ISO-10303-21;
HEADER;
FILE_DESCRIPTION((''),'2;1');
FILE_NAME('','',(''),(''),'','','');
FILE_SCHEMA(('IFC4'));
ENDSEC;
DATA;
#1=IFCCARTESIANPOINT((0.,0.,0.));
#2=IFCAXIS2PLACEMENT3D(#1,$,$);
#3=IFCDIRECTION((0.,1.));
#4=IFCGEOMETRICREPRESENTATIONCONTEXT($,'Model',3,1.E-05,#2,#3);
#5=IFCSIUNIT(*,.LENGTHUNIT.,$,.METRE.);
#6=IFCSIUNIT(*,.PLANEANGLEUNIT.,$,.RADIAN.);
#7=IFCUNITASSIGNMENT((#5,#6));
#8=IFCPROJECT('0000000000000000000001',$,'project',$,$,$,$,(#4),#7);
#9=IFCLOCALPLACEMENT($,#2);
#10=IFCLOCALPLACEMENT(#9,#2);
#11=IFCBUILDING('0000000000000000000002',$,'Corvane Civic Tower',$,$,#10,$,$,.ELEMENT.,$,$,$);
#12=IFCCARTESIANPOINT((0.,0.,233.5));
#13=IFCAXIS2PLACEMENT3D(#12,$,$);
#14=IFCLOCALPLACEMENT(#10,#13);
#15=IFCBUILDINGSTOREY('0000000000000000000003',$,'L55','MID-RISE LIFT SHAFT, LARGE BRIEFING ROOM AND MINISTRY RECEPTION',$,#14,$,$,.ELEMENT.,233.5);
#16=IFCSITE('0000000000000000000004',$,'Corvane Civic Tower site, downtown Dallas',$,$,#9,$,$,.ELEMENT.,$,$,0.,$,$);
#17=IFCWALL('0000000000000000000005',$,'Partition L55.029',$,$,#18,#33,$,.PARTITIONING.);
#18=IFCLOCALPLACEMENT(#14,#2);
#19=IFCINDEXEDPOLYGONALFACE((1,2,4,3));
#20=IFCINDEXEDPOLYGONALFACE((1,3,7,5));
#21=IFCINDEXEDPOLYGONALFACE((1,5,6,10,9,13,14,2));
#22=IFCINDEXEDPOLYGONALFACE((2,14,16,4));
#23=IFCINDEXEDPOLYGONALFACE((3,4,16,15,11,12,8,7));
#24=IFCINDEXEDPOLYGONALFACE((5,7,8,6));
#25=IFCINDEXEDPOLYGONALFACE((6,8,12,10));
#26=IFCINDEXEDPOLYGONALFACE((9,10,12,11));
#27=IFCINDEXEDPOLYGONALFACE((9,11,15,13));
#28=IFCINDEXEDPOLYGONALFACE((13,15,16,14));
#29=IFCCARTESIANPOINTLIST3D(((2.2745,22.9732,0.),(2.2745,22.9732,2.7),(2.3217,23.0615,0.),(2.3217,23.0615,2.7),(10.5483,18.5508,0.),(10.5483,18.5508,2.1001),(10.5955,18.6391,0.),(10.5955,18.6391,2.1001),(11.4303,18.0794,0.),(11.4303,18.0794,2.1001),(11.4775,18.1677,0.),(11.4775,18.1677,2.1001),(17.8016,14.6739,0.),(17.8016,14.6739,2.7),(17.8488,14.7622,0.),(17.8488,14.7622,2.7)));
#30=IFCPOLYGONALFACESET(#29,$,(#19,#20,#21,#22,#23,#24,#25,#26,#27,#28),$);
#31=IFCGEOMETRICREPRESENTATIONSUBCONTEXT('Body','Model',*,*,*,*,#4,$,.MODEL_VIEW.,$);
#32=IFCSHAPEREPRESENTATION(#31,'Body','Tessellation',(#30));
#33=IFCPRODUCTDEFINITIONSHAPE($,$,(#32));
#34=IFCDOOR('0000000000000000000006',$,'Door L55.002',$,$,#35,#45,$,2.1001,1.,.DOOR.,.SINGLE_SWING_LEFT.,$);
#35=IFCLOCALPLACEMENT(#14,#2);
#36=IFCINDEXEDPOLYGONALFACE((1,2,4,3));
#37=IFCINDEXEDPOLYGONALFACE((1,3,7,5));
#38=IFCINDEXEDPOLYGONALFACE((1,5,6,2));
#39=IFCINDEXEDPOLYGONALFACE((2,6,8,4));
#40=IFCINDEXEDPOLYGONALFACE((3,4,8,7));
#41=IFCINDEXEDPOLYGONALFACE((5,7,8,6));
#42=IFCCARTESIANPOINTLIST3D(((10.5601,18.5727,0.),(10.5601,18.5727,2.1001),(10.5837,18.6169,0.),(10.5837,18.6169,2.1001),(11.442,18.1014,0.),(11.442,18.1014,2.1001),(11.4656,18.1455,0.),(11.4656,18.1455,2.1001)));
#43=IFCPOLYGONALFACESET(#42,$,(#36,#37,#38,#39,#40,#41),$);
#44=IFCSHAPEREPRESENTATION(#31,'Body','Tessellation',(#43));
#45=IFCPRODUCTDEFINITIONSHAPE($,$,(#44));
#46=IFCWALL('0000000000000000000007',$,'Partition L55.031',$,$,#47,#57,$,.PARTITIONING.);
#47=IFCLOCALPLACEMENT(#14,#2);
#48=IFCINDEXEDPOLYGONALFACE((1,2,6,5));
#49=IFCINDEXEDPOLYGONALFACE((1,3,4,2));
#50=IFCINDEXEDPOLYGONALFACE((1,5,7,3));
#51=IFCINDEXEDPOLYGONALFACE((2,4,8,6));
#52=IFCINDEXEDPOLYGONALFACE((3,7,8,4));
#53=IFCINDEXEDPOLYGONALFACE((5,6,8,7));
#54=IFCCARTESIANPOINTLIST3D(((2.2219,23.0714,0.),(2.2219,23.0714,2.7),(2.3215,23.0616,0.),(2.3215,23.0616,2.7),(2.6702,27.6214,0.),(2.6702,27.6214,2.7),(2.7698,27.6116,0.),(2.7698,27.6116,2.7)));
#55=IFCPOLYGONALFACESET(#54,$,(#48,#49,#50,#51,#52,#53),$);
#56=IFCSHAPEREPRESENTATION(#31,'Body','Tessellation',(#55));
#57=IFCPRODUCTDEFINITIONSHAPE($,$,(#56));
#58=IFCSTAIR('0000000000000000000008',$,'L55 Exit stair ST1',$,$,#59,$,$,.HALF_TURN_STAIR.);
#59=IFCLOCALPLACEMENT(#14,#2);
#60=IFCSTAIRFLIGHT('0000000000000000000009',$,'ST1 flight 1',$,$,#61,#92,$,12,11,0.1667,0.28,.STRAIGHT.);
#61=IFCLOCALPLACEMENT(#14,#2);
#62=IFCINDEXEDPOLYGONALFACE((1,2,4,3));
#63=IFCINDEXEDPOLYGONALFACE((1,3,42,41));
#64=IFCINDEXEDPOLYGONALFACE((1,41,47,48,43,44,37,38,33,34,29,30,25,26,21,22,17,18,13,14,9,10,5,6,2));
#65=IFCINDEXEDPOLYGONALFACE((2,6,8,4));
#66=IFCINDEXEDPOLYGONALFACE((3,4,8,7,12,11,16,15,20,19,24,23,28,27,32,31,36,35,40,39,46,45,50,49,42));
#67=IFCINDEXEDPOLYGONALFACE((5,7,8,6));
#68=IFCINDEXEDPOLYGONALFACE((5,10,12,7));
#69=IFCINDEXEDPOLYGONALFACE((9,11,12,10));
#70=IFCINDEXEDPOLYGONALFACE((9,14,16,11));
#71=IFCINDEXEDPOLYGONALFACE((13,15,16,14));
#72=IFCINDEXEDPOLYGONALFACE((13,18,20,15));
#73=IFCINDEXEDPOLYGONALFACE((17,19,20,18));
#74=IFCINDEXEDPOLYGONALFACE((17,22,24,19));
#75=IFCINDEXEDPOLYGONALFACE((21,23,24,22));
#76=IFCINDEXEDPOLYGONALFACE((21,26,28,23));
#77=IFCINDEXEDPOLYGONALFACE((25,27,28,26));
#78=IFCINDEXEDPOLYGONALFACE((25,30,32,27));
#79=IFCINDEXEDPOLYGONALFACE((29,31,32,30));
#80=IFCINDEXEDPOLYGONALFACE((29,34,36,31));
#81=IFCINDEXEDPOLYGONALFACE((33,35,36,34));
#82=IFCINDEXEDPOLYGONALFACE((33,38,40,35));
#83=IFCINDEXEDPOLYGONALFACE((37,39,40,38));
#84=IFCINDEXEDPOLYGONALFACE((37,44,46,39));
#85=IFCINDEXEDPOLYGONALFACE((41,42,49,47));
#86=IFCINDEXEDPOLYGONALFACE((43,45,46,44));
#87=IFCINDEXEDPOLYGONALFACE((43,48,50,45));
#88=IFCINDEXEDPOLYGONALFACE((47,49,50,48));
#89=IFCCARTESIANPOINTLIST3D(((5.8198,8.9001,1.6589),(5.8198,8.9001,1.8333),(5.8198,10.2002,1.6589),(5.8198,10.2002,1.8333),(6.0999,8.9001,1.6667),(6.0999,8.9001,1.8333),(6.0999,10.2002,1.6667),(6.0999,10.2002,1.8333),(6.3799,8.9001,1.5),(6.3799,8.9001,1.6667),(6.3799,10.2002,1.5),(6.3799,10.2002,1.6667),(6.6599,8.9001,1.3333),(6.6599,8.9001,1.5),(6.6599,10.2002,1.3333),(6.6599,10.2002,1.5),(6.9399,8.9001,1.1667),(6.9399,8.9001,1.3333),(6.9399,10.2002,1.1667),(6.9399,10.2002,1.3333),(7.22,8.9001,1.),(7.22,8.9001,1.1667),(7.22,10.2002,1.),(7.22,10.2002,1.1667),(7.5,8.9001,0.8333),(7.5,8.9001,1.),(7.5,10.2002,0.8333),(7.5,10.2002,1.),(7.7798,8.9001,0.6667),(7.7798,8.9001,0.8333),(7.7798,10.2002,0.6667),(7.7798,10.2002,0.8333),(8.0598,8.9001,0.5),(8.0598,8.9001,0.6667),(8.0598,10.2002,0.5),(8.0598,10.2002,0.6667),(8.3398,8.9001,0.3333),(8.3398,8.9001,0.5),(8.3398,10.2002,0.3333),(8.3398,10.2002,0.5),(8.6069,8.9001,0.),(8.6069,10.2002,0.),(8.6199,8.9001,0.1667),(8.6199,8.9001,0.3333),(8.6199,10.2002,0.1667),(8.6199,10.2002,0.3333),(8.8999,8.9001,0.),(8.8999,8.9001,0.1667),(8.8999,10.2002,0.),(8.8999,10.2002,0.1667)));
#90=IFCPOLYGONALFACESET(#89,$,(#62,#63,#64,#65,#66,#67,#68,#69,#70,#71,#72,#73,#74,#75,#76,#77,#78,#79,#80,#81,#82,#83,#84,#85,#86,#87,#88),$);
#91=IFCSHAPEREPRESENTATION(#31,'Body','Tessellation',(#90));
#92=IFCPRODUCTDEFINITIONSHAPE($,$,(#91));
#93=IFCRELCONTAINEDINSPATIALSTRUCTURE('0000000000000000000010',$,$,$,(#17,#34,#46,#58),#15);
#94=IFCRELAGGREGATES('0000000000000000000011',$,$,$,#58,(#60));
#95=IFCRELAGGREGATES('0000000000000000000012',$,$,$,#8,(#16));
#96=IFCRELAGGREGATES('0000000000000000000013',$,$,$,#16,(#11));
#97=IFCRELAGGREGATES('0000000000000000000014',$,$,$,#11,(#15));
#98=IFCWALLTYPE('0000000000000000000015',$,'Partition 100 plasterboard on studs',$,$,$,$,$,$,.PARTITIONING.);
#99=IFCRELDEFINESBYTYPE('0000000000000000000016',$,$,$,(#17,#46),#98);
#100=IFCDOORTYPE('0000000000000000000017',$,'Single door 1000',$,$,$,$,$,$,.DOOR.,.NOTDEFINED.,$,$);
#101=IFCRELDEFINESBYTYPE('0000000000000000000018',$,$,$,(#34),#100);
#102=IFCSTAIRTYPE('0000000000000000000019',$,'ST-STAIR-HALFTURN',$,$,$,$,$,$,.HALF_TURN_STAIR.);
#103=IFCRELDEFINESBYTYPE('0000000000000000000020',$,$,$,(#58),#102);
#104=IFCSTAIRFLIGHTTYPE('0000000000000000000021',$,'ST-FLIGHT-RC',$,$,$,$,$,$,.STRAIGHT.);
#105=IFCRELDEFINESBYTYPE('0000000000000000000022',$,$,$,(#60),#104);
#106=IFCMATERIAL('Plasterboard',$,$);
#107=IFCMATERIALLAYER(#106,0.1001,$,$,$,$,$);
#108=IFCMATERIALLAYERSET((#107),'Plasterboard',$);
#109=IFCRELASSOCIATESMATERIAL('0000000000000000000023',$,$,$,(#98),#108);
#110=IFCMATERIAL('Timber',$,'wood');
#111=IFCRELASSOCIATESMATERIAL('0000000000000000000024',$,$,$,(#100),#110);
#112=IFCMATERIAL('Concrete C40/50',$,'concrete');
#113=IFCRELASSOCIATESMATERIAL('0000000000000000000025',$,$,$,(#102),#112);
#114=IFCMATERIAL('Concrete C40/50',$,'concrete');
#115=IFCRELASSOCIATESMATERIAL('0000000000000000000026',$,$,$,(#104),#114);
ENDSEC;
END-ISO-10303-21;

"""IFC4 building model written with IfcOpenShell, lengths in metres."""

from ifc_helpers import new_model, si_unit, direction, frame, frame_2d, origin, place, context, subcontext, project, spatial, polyline, rectangle, outline, extrude, material, layer, layer_set, type_object, element, fill, aggregate, save


model = new_model("IFC4")

# Units and contexts
model_context = context("Model", 3, precision=1e-05, world=origin(), true_north=direction((0.0, 1.0)))
body_context = subcontext(model_context, "Body", "Model", "MODEL_VIEW")
ifc_project = project(units=[si_unit("LENGTHUNIT", "METRE"), si_unit("PLANEANGLEUNIT", "RADIAN")], contexts=[model_context])

# Site, building, storey
site_placement = place(None, origin())
site = spatial("IfcSite", under=ifc_project, at=site_placement, Name="Corvane Civic Tower site, downtown Dallas", CompositionType="ELEMENT", RefElevation=0.0)
building_placement = place(site_placement, origin())
building = spatial("IfcBuilding", under=site, at=building_placement, Name="Corvane Civic Tower", CompositionType="ELEMENT")
storey_placement = place(building_placement, frame((0.0, 0.0, 233.5)))
storey = spatial("IfcBuildingStorey", under=building, at=storey_placement, Name="L55", Description="MID-RISE LIFT SHAFT, LARGE BRIEFING ROOM AND MINISTRY RECEPTION", CompositionType="ELEMENT", Elevation=233.5)

# Wall, opening, door
ifc_material_1 = material(Name="Plasterboard")
ifc_layer_1 = layer(ifc_material_1, 0.1001)
ifc_layer_set_1 = layer_set([ifc_layer_1], Name="Plasterboard")
wall_type_1 = type_object("IfcWallType", Name="Partition 100 plasterboard on studs", PredefinedType="PARTITIONING", material=ifc_layer_set_1)
wall_1_placement = place(storey_placement, frame((2.2981, 23.0173, 0.0), z_axis=(0.0, 0.0, 1.0), x_axis=(0.881923, -0.471393, 0.0)))
wall_1 = element("IfcWall", 1, at=wall_1_placement, inside=storey, type_object=wall_type_1, Name="Partition L55.029", PredefinedType="PARTITIONING", context=body_context, shape_type="SweptSolid", body=[
    extrude(rectangle(XDim=17.606, YDim=0.1001, at=frame_2d((8.803, 0.0))), origin(), (0.0, 0.0, 1.0), 2.7),
])
opening_1_placement = place(wall_1_placement, frame((9.3816, 0.0, 0.0)))
opening_1 = element("IfcOpeningElement", 2, at=opening_1_placement, cuts=wall_1, PredefinedType="OPENING", context=body_context, shape_type="SweptSolid", body=[
    extrude(rectangle(XDim=1.0, YDim=2.1001, at=frame_2d((0.5, 1.05))), frame((0.0, 0.0601, 0.0), z_axis=(0.0, -1.0, 0.0), x_axis=(1.0, 0.0, 0.0)), (0.0, 0.0, 1.0), 0.1201),
])
ifc_material_2 = material(Name="Timber", Category="wood")
door_type_1 = type_object("IfcDoorType", Name="Single door 1000", OperationType="NOTDEFINED", PredefinedType="DOOR", material=ifc_material_2)
door_1_placement = place(opening_1_placement, origin())
door_1 = element("IfcDoor", 3, at=door_1_placement, inside=storey, type_object=door_type_1, Name="Door L55.002", OperationType="SINGLE_SWING_LEFT", OverallHeight=2.1001, OverallWidth=1.0, PredefinedType="DOOR", context=body_context, shape_type="SweptSolid", body=[
    extrude(rectangle(XDim=1.0, YDim=2.1001, at=frame_2d((0.5, 1.05))), frame((0.0, 0.0249, 0.0), z_axis=(0.0, -1.0, 0.0), x_axis=(1.0, 0.0, 0.0)), (0.0, 0.0, 1.0), 0.05),
])
fill(opening_1, door_1)

# Wall
wall_2_placement = place(storey_placement, frame((2.2717, 23.0664, 0.0), z_axis=(0.0, 0.0, 1.0), x_axis=(0.098039, 0.995183, 0.0)))
element("IfcWall", 4, at=wall_2_placement, inside=storey, type_object=wall_type_1, Name="Partition L55.031", PredefinedType="PARTITIONING", context=body_context, shape_type="SweptSolid", body=[
    extrude(rectangle(XDim=4.572, YDim=0.1001, at=frame_2d((2.2861, 0.0))), origin(), (0.0, 0.0, 1.0), 2.7),
])

# Stair, stair flight
ifc_material_3 = material(Name="Concrete C40/50", Category="concrete")
stair_type = type_object("IfcStairType", Name="ST-STAIR-HALFTURN", PredefinedType="HALF_TURN_STAIR", material=ifc_material_3)
stair_placement = place(storey_placement, origin())
stair = element("IfcStair", 5, at=stair_placement, inside=storey, type_object=stair_type, Name="L55 Exit stair ST1", PredefinedType="HALF_TURN_STAIR")
ifc_material_4 = material(Name="Concrete C40/50", Category="concrete")
stair_flight_type = type_object("IfcStairFlightType", Name="ST-FLIGHT-RC", PredefinedType="STRAIGHT", material=ifc_material_4)
stair_flight_placement = place(storey_placement, frame((8.8999, 9.55, 0.0), z_axis=(0.0, 0.0, 1.0), x_axis=(-1.0, 0.0, 0.0)))
stair_flight = element("IfcStairFlight", 6, at=stair_flight_placement, type_object=stair_flight_type, Name="ST1 flight 1", NumberOfRisers=12, NumberOfTreads=11, PredefinedType="STRAIGHT", RiserHeight=0.1667, TreadLength=0.28, context=body_context, shape_type="SweptSolid", body=[
    extrude(outline(polyline([(0.0, 0.0), (0.0, 0.1667), (0.28, 0.1667), (0.28, 0.3333), (0.5601, 0.3333), (0.5601, 0.5), (0.8401, 0.5), (0.8401, 0.6667), (1.1201, 0.6667), (1.1201, 0.8333), (1.3999, 0.8333), (1.3999, 1.0), (1.6799, 1.0), (1.6799, 1.1667), (1.96, 1.1667), (1.96, 1.3333), (2.24, 1.3333), (2.24, 1.5), (2.52, 1.5), (2.52, 1.6667), (2.8, 1.6667), (2.8, 1.8333), (3.0801, 1.8333), (3.0801, 2.0), (3.0801, 1.6589), (0.293, 0.0), (0.0, 0.0)])), frame((0.0, 0.6499, 0.0), z_axis=(0.0, -1.0, 0.0), x_axis=(1.0, 0.0, 0.0)), (0.0, 0.0, 1.0), 1.3),
])
aggregate(stair, [stair_flight])

save(model, "model.ifc")
